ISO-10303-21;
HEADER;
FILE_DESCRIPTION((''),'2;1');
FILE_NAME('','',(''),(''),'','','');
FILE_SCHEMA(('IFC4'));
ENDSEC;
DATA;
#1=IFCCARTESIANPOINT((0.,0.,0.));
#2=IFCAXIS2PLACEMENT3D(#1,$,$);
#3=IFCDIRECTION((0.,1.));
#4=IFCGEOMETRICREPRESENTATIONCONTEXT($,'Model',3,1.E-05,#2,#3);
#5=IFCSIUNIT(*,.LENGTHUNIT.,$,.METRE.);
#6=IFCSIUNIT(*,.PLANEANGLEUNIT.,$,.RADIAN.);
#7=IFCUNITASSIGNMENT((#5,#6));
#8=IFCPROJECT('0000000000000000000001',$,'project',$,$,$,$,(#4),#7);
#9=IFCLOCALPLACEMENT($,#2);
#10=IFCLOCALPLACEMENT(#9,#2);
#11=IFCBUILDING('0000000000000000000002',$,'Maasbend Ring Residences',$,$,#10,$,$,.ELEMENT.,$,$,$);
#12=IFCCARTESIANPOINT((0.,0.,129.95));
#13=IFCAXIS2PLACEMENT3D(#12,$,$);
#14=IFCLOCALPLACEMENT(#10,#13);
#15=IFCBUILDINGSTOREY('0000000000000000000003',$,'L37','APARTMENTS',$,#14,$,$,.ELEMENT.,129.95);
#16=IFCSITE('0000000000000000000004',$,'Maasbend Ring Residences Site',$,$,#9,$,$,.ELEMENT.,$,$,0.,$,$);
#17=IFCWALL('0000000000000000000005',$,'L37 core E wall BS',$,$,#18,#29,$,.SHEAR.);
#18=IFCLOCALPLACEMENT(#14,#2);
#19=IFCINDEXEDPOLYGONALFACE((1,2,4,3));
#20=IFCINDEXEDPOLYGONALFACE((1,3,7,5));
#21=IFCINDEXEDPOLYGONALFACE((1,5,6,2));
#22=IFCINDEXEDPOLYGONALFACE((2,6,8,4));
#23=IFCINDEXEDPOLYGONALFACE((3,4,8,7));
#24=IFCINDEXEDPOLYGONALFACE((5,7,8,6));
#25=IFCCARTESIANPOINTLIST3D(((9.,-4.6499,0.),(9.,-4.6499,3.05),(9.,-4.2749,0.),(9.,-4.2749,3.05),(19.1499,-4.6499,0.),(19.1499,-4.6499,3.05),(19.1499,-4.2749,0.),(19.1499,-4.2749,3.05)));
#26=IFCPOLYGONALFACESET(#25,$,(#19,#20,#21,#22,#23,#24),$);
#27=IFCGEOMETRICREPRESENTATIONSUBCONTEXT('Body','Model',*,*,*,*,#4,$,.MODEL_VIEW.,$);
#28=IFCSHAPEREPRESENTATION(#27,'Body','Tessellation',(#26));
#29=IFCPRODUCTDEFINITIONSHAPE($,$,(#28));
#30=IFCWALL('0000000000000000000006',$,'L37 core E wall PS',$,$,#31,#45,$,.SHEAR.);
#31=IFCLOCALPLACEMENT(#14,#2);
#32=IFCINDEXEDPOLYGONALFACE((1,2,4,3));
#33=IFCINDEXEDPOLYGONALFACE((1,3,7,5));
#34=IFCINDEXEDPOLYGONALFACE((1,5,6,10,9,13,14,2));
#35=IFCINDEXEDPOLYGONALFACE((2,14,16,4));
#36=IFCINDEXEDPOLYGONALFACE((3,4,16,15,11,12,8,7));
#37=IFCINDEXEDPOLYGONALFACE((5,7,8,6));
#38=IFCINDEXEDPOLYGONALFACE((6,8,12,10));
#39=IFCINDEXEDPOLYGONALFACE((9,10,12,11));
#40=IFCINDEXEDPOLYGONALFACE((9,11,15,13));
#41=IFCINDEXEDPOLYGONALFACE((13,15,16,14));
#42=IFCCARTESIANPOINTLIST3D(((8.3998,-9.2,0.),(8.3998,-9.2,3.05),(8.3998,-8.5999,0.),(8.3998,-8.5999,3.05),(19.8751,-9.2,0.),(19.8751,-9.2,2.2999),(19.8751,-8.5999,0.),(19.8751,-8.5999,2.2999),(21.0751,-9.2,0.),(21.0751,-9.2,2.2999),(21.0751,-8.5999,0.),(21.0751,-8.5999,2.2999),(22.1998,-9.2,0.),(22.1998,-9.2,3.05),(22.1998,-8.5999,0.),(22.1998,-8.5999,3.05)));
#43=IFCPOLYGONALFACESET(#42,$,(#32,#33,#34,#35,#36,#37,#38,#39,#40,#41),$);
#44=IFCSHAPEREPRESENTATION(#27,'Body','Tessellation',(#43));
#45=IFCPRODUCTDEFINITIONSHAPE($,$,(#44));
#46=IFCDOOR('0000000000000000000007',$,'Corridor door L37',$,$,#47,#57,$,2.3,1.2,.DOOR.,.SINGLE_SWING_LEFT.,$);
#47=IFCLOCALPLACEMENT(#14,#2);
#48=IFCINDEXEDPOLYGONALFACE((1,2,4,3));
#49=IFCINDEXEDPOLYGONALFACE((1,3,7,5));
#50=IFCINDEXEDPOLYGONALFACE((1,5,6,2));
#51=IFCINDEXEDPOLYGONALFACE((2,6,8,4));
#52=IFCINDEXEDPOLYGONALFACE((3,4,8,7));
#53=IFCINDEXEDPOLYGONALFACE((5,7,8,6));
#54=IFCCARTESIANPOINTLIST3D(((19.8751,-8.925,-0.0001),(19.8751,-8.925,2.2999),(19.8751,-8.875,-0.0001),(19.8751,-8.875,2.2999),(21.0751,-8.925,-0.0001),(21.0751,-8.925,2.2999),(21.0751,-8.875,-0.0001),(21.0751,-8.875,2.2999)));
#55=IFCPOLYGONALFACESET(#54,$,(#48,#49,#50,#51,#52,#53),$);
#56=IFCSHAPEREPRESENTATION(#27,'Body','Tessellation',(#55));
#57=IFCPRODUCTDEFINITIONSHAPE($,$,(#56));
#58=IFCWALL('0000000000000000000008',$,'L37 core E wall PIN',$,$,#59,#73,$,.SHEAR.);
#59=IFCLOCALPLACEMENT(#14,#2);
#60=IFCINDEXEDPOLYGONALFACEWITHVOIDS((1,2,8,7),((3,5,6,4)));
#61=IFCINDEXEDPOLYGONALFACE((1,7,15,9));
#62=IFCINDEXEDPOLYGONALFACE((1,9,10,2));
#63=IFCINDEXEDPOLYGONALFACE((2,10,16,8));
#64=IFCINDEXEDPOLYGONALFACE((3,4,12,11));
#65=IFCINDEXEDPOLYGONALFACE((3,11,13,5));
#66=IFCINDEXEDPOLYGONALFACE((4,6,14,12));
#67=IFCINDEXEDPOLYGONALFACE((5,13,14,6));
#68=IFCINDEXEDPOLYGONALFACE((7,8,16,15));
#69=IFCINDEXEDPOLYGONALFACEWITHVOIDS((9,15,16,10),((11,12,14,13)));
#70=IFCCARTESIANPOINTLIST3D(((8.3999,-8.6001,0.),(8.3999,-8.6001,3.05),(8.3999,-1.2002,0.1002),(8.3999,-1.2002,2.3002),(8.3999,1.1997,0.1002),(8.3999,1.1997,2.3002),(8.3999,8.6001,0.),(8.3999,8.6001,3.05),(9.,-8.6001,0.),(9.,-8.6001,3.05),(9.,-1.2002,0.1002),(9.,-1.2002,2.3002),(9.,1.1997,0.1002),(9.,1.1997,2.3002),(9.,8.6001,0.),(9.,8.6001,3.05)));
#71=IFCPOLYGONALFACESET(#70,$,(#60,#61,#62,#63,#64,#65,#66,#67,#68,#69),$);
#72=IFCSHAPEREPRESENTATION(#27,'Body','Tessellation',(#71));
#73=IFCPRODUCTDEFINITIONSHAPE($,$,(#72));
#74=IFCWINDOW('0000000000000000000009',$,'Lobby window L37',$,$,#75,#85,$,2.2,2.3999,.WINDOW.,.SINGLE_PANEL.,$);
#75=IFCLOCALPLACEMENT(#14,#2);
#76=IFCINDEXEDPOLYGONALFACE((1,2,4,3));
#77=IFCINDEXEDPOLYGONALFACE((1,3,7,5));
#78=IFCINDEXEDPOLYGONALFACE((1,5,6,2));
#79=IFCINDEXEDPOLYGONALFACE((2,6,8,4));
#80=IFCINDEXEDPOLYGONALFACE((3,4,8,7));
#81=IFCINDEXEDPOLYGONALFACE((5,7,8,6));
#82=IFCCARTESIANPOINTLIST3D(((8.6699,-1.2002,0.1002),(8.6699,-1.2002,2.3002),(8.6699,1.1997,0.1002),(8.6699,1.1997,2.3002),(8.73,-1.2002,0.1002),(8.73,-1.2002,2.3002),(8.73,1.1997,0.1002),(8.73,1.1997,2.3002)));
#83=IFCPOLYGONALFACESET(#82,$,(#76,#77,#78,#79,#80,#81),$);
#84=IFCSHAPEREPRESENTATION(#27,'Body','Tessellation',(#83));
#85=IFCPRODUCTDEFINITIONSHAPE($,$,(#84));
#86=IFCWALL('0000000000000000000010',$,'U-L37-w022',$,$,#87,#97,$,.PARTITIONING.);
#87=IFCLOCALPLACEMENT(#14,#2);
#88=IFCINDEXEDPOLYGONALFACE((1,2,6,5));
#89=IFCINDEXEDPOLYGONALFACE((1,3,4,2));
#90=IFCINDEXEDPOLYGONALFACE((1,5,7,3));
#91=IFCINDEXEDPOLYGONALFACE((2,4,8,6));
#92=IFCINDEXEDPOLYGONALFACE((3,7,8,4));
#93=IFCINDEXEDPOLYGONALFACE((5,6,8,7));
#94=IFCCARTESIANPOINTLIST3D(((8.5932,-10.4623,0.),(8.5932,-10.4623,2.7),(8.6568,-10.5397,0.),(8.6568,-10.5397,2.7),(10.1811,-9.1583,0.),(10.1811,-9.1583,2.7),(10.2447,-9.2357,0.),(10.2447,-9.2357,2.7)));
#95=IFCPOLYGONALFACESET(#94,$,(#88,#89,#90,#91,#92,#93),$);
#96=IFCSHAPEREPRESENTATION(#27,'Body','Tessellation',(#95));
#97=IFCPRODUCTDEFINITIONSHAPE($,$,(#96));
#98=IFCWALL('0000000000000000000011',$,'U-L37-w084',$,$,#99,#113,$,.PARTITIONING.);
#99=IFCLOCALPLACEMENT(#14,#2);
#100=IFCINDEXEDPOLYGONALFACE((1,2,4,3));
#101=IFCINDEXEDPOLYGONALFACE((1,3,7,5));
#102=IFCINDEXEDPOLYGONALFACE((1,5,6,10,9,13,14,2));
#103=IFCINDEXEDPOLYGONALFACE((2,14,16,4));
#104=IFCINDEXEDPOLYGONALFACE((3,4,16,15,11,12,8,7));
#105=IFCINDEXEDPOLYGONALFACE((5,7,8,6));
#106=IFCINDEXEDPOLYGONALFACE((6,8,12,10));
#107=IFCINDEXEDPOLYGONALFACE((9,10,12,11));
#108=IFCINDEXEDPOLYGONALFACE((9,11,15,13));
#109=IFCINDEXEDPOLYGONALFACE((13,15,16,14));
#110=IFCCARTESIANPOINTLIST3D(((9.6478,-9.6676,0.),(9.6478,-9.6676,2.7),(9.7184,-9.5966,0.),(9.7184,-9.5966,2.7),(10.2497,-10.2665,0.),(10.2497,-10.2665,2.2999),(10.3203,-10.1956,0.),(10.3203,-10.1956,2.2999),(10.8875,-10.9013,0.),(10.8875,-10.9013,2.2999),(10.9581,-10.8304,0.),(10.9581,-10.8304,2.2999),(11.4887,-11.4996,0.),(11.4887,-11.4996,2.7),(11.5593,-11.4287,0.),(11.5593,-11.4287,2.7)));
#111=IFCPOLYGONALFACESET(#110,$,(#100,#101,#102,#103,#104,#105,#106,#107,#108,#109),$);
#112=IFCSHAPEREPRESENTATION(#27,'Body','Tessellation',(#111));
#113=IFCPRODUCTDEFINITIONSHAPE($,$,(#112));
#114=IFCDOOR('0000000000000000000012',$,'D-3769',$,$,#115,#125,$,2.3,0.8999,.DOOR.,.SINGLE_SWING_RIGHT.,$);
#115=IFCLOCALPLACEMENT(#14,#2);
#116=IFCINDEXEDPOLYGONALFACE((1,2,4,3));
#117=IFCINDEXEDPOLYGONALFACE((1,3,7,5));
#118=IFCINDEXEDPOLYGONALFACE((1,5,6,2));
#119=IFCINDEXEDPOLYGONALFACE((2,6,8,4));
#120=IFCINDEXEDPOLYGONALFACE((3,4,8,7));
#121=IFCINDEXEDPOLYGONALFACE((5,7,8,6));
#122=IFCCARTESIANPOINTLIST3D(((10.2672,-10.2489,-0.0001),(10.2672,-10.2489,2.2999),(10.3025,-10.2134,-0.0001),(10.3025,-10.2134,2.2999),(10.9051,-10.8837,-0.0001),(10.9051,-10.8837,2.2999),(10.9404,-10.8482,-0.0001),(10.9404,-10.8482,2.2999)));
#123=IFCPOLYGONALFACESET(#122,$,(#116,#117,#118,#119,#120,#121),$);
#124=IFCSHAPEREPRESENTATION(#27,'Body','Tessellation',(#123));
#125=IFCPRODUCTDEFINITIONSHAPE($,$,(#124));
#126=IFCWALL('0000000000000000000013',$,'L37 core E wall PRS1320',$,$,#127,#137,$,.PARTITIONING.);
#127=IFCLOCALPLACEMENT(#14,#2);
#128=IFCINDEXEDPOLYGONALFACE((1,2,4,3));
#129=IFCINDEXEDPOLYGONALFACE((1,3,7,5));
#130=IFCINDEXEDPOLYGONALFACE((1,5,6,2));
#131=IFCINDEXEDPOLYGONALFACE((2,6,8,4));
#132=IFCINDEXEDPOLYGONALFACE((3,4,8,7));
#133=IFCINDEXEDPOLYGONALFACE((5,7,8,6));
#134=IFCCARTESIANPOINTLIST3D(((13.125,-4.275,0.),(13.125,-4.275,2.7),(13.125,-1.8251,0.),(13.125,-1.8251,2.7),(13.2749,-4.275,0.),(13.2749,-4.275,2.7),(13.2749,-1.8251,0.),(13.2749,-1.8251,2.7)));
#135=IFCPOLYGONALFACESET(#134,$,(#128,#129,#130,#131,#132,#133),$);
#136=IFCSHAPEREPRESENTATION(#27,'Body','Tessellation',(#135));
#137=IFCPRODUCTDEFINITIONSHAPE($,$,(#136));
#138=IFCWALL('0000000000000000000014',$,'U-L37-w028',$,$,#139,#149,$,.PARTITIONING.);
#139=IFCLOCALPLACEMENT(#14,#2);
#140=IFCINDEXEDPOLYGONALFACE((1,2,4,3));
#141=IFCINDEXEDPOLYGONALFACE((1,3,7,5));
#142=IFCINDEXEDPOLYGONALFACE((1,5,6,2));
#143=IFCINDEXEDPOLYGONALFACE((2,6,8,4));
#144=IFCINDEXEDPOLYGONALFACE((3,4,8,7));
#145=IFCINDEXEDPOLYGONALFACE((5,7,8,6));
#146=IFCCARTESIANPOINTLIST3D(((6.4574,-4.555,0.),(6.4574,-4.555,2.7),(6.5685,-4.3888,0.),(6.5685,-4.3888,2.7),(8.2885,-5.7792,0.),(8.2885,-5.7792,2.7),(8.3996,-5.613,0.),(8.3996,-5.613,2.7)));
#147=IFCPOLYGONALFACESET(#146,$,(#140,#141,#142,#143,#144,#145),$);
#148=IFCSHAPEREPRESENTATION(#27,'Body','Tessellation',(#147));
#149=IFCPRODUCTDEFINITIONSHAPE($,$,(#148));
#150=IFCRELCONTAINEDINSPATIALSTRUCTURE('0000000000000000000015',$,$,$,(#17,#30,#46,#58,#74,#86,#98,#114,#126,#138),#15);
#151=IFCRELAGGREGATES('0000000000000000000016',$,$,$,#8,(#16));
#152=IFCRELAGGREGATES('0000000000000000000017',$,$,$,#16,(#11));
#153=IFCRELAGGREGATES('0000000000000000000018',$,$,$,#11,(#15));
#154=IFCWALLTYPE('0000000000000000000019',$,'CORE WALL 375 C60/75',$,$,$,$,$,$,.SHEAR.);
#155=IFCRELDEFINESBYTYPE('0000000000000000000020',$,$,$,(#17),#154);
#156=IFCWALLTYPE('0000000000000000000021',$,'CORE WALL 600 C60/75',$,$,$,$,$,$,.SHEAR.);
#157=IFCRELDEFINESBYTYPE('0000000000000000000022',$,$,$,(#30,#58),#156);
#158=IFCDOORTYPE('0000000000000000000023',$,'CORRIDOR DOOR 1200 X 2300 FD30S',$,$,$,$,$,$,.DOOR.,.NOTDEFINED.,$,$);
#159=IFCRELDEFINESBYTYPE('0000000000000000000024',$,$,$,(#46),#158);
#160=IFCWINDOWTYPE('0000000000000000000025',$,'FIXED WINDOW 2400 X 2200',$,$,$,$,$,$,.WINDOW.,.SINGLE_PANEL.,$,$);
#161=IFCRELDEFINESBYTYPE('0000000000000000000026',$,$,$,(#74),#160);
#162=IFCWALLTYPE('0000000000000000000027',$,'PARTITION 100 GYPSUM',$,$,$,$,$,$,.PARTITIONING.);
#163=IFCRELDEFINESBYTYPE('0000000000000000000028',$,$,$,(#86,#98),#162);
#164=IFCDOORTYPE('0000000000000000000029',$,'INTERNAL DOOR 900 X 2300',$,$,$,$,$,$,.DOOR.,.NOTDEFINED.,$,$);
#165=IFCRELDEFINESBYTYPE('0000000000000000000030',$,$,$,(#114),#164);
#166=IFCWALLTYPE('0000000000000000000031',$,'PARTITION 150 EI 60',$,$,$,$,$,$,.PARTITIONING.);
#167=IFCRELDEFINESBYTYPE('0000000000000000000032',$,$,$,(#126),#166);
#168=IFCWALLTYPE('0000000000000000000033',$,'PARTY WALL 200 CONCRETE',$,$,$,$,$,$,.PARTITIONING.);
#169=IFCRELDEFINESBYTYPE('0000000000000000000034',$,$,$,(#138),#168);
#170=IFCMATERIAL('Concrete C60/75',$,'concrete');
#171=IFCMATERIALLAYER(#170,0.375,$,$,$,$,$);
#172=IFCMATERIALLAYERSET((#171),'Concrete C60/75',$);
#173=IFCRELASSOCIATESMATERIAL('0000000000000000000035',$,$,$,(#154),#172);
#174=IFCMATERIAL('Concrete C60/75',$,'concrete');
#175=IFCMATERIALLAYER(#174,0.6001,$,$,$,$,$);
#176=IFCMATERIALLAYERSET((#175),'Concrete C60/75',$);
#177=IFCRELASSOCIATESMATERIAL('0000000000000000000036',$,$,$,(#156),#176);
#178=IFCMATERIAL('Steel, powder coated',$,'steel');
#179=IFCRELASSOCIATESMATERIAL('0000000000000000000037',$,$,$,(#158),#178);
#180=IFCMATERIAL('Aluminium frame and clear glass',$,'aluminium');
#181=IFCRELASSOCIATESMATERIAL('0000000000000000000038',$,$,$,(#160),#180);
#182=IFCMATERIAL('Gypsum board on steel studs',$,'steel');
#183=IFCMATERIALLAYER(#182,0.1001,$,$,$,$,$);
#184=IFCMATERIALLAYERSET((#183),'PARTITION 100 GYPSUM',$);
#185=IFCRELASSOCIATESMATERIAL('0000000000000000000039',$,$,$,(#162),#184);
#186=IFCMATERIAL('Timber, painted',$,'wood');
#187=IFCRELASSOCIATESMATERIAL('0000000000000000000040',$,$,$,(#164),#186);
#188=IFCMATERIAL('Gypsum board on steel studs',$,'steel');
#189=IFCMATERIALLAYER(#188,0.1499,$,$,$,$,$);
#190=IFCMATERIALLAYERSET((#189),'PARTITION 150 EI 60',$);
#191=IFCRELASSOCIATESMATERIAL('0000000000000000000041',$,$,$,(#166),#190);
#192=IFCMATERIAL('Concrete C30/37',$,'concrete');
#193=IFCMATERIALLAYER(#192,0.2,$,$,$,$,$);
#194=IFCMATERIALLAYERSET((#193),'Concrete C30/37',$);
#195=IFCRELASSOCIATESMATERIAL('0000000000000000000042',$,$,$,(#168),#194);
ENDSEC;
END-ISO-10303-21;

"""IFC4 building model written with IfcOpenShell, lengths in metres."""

from ifc_helpers import new_model, si_unit, direction, frame, frame_2d, origin, place, context, subcontext, project, spatial, rectangle, extrude, material, layer, layer_set, type_object, element, fill, save


model = new_model("IFC4")

# Units and contexts
model_context = context("Model", 3, precision=1e-05, world=origin(), true_north=direction((0.0, 1.0)))
body_context = subcontext(model_context, "Body", "Model", "MODEL_VIEW")
ifc_project = project(units=[si_unit("LENGTHUNIT", "METRE"), si_unit("PLANEANGLEUNIT", "RADIAN")], contexts=[model_context])

# Site, building, storey
site_placement = place(None, origin())
site = spatial("IfcSite", under=ifc_project, at=site_placement, Name="Maasbend Ring Residences Site", CompositionType="ELEMENT", RefElevation=0.0)
building_placement = place(site_placement, origin())
building = spatial("IfcBuilding", under=site, at=building_placement, Name="Maasbend Ring Residences", CompositionType="ELEMENT")
storey_placement = place(building_placement, frame((0.0, 0.0, 129.95)))
storey = spatial("IfcBuildingStorey", under=building, at=storey_placement, Name="L37", Description="APARTMENTS", CompositionType="ELEMENT", Elevation=129.95)

# Wall
ifc_material_1 = material(Name="Concrete C60/75", Category="concrete")
ifc_layer_1 = layer(ifc_material_1, 0.375)
ifc_layer_set_1 = layer_set([ifc_layer_1], Name="Concrete C60/75")
wall_type_1 = type_object("IfcWallType", Name="CORE WALL 375 C60/75", PredefinedType="SHEAR", material=ifc_layer_set_1)
wall_1_placement = place(storey_placement, frame((9.0, -4.4624, 0.0), z_axis=(0.0, 0.0, 1.0), x_axis=(1.0, 0.0, 0.0)))
element("IfcWall", 1, at=wall_1_placement, inside=storey, type_object=wall_type_1, Name="L37 core E wall BS", PredefinedType="SHEAR", context=body_context, shape_type="SweptSolid", body=[
    extrude(rectangle(XDim=10.1499, YDim=0.375, at=frame_2d((5.075, 0.0))), origin(), (0.0, 0.0, 1.0), 3.05),
])

# Wall, opening, door
ifc_material_2 = material(Name="Concrete C60/75", Category="concrete")
ifc_layer_2 = layer(ifc_material_2, 0.6001)
ifc_layer_set_2 = layer_set([ifc_layer_2], Name="Concrete C60/75")
wall_type_2 = type_object("IfcWallType", Name="CORE WALL 600 C60/75", PredefinedType="SHEAR", material=ifc_layer_set_2)
wall_2_placement = place(storey_placement, frame((8.3999, -8.8999, 0.0), z_axis=(0.0, 0.0, 1.0), x_axis=(1.0, 0.0, 0.0)))
wall_2 = element("IfcWall", 2, at=wall_2_placement, inside=storey, type_object=wall_type_2, Name="L37 core E wall PS", PredefinedType="SHEAR", context=body_context, shape_type="SweptSolid", body=[
    extrude(rectangle(XDim=13.8, YDim=0.6001, at=frame_2d((6.8999, 0.0))), origin(), (0.0, 0.0, 1.0), 3.05),
])
opening_1_placement = place(wall_2_placement, frame((11.4751, 0.0, 0.0)))
opening_1 = element("IfcOpeningElement", 3, at=opening_1_placement, cuts=wall_2, PredefinedType="OPENING", context=body_context, shape_type="SweptSolid", body=[
    extrude(rectangle(XDim=1.2, YDim=2.3, at=frame_2d((0.6001, 1.1499))), frame((0.0, 0.3101, 0.0), z_axis=(0.0, -1.0, 0.0), x_axis=(1.0, 0.0, 0.0)), (0.0, 0.0, 1.0), 0.6201),
])
ifc_material_3 = material(Name="Steel, powder coated", Category="steel")
door_type_1 = type_object("IfcDoorType", Name="CORRIDOR DOOR 1200 X 2300 FD30S", OperationType="NOTDEFINED", PredefinedType="DOOR", material=ifc_material_3)
door_1_placement = place(opening_1_placement, origin())
door_1 = element("IfcDoor", 4, at=door_1_placement, inside=storey, type_object=door_type_1, Name="Corridor door L37", OperationType="SINGLE_SWING_LEFT", OverallHeight=2.3, OverallWidth=1.2, PredefinedType="DOOR", context=body_context, shape_type="SweptSolid", body=[
    extrude(rectangle(XDim=1.2, YDim=2.3, at=frame_2d((0.6001, 1.1499))), frame((0.0, 0.0249, 0.0), z_axis=(0.0, -1.0, 0.0), x_axis=(1.0, 0.0, 0.0)), (0.0, 0.0, 1.0), 0.05),
])
fill(opening_1, door_1)

# Wall, opening, window
wall_3_placement = place(storey_placement, frame((8.7, -8.6001, 0.0), z_axis=(0.0, 0.0, 1.0), x_axis=(0.0, 1.0, 0.0)))
wall_3 = element("IfcWall", 5, at=wall_3_placement, inside=storey, type_object=wall_type_2, Name="L37 core E wall PIN", PredefinedType="SHEAR", context=body_context, shape_type="SweptSolid", body=[
    extrude(rectangle(XDim=17.2002, YDim=0.6001, at=frame_2d((8.6001, 0.0))), origin(), (0.0, 0.0, 1.0), 3.05),
])
opening_2_placement = place(wall_3_placement, frame((7.3999, 0.0, 0.1001)))
opening_2 = element("IfcOpeningElement", 6, at=opening_2_placement, cuts=wall_3, PredefinedType="OPENING", context=body_context, shape_type="SweptSolid", body=[
    extrude(rectangle(XDim=2.3999, YDim=2.2, at=frame_2d((1.2, 1.1001))), frame((0.0, 0.3101, 0.0), z_axis=(0.0, -1.0, 0.0), x_axis=(1.0, 0.0, 0.0)), (0.0, 0.0, 1.0), 0.6201),
])
ifc_material_4 = material(Name="Aluminium frame and clear glass", Category="aluminium")
window_type = type_object("IfcWindowType", Name="FIXED WINDOW 2400 X 2200", PartitioningType="SINGLE_PANEL", PredefinedType="WINDOW", material=ifc_material_4)
window_placement = place(opening_2_placement, origin())
window = element("IfcWindow", 7, at=window_placement, inside=storey, type_object=window_type, Name="Lobby window L37", OverallHeight=2.2, OverallWidth=2.3999, PartitioningType="SINGLE_PANEL", PredefinedType="WINDOW", context=body_context, shape_type="SweptSolid", body=[
    extrude(rectangle(XDim=2.3999, YDim=2.2, at=frame_2d((1.2, 1.1001))), frame((0.0, 0.03, 0.0), z_axis=(0.0, -1.0, 0.0), x_axis=(1.0, 0.0, 0.0)), (0.0, 0.0, 1.0), 0.0601),
])
fill(opening_2, window)

# Wall
ifc_material_5 = material(Name="Gypsum board on steel studs", Category="steel")
ifc_layer_3 = layer(ifc_material_5, 0.1001)
ifc_layer_set_3 = layer_set([ifc_layer_3], Name="PARTITION 100 GYPSUM")
wall_type_3 = type_object("IfcWallType", Name="PARTITION 100 GYPSUM", PredefinedType="PARTITIONING", material=ifc_layer_set_3)
wall_4_placement = place(storey_placement, frame((8.625, -10.501, 0.0), z_axis=(0.0, 0.0, 1.0), x_axis=(0.772818, 0.634628, 0.0)))
element("IfcWall", 8, at=wall_4_placement, inside=storey, type_object=wall_type_3, Name="U-L37-w022", PredefinedType="PARTITIONING", context=body_context, shape_type="SweptSolid", body=[
    extrude(rectangle(XDim=2.0547, YDim=0.1001, at=frame_2d((1.0273, 0.0))), origin(), (0.0, 0.0, 1.0), 2.7),
])

# Wall, opening, door
wall_5_placement = place(storey_placement, frame((9.6831, -9.6321, 0.0), z_axis=(0.0, 0.0, 1.0), x_axis=(0.708797, -0.705413, 0.0)))
wall_5 = element("IfcWall", 9, at=wall_5_placement, inside=storey, type_object=wall_type_3, Name="U-L37-w084", PredefinedType="PARTITIONING", context=body_context, shape_type="SweptSolid", body=[
    extrude(rectangle(XDim=2.5972, YDim=0.1001, at=frame_2d((1.2986, 0.0))), origin(), (0.0, 0.0, 1.0), 2.7),
])
opening_3_placement = place(wall_5_placement, frame((0.8491, 0.0, 0.0)))
opening_3 = element("IfcOpeningElement", 10, at=opening_3_placement, cuts=wall_5, PredefinedType="OPENING", context=body_context, shape_type="SweptSolid", body=[
    extrude(rectangle(XDim=0.8999, YDim=2.3, at=frame_2d((0.45, 1.1499))), frame((0.0, 0.0601, 0.0), z_axis=(0.0, -1.0, 0.0), x_axis=(1.0, 0.0, 0.0)), (0.0, 0.0, 1.0), 0.1201),
])
ifc_material_6 = material(Name="Timber, painted", Category="wood")
door_type_2 = type_object("IfcDoorType", Name="INTERNAL DOOR 900 X 2300", OperationType="NOTDEFINED", PredefinedType="DOOR", material=ifc_material_6)
door_2_placement = place(opening_3_placement, origin())
door_2 = element("IfcDoor", 11, at=door_2_placement, inside=storey, type_object=door_type_2, Name="D-3769", OperationType="SINGLE_SWING_RIGHT", OverallHeight=2.3, OverallWidth=0.8999, PredefinedType="DOOR", context=body_context, shape_type="SweptSolid", body=[
    extrude(rectangle(XDim=0.8999, YDim=2.3, at=frame_2d((0.45, 1.1499))), frame((0.0, 0.0249, 0.0), z_axis=(0.0, -1.0, 0.0), x_axis=(1.0, 0.0, 0.0)), (0.0, 0.0, 1.0), 0.05),
])
fill(opening_3, door_2)

# Walls
ifc_material_7 = material(Name="Gypsum board on steel studs", Category="steel")
ifc_layer_4 = layer(ifc_material_7, 0.1499)
ifc_layer_set_4 = layer_set([ifc_layer_4], Name="PARTITION 150 EI 60")
wall_type_4 = type_object("IfcWallType", Name="PARTITION 150 EI 60", PredefinedType="PARTITIONING", material=ifc_layer_set_4)
wall_6_placement = place(storey_placement, frame((13.2, -1.825, 0.0), z_axis=(0.0, 0.0, 1.0), x_axis=(0.0, -1.0, 0.0)))
element("IfcWall", 12, at=wall_6_placement, inside=storey, type_object=wall_type_4, Name="L37 core E wall PRS1320", PredefinedType="PARTITIONING", context=body_context, shape_type="SweptSolid", body=[
    extrude(rectangle(XDim=2.45, YDim=0.1499, at=frame_2d((1.2251, 0.0))), origin(), (0.0, 0.0, 1.0), 2.7),
])
ifc_material_8 = material(Name="Concrete C30/37", Category="concrete")
ifc_layer_5 = layer(ifc_material_8, 0.2)
ifc_layer_set_5 = layer_set([ifc_layer_5], Name="Concrete C30/37")
wall_type_5 = type_object("IfcWallType", Name="PARTY WALL 200 CONCRETE", PredefinedType="PARTITIONING", material=ifc_layer_set_5)
wall_7_placement = place(storey_placement, frame((6.5129, -4.4719, 0.0), z_axis=(0.0, 0.0, 1.0), x_axis=(0.831333, -0.555774, 0.0)))
element("IfcWall", 13, at=wall_7_placement, inside=storey, type_object=wall_type_5, Name="U-L37-w028", PredefinedType="PARTITIONING", context=body_context, shape_type="SweptSolid", body=[
    extrude(rectangle(XDim=2.2026, YDim=0.2, at=frame_2d((1.1013, 0.0))), origin(), (0.0, 0.0, 1.0), 2.7),
])

save(model, "model.ifc")
